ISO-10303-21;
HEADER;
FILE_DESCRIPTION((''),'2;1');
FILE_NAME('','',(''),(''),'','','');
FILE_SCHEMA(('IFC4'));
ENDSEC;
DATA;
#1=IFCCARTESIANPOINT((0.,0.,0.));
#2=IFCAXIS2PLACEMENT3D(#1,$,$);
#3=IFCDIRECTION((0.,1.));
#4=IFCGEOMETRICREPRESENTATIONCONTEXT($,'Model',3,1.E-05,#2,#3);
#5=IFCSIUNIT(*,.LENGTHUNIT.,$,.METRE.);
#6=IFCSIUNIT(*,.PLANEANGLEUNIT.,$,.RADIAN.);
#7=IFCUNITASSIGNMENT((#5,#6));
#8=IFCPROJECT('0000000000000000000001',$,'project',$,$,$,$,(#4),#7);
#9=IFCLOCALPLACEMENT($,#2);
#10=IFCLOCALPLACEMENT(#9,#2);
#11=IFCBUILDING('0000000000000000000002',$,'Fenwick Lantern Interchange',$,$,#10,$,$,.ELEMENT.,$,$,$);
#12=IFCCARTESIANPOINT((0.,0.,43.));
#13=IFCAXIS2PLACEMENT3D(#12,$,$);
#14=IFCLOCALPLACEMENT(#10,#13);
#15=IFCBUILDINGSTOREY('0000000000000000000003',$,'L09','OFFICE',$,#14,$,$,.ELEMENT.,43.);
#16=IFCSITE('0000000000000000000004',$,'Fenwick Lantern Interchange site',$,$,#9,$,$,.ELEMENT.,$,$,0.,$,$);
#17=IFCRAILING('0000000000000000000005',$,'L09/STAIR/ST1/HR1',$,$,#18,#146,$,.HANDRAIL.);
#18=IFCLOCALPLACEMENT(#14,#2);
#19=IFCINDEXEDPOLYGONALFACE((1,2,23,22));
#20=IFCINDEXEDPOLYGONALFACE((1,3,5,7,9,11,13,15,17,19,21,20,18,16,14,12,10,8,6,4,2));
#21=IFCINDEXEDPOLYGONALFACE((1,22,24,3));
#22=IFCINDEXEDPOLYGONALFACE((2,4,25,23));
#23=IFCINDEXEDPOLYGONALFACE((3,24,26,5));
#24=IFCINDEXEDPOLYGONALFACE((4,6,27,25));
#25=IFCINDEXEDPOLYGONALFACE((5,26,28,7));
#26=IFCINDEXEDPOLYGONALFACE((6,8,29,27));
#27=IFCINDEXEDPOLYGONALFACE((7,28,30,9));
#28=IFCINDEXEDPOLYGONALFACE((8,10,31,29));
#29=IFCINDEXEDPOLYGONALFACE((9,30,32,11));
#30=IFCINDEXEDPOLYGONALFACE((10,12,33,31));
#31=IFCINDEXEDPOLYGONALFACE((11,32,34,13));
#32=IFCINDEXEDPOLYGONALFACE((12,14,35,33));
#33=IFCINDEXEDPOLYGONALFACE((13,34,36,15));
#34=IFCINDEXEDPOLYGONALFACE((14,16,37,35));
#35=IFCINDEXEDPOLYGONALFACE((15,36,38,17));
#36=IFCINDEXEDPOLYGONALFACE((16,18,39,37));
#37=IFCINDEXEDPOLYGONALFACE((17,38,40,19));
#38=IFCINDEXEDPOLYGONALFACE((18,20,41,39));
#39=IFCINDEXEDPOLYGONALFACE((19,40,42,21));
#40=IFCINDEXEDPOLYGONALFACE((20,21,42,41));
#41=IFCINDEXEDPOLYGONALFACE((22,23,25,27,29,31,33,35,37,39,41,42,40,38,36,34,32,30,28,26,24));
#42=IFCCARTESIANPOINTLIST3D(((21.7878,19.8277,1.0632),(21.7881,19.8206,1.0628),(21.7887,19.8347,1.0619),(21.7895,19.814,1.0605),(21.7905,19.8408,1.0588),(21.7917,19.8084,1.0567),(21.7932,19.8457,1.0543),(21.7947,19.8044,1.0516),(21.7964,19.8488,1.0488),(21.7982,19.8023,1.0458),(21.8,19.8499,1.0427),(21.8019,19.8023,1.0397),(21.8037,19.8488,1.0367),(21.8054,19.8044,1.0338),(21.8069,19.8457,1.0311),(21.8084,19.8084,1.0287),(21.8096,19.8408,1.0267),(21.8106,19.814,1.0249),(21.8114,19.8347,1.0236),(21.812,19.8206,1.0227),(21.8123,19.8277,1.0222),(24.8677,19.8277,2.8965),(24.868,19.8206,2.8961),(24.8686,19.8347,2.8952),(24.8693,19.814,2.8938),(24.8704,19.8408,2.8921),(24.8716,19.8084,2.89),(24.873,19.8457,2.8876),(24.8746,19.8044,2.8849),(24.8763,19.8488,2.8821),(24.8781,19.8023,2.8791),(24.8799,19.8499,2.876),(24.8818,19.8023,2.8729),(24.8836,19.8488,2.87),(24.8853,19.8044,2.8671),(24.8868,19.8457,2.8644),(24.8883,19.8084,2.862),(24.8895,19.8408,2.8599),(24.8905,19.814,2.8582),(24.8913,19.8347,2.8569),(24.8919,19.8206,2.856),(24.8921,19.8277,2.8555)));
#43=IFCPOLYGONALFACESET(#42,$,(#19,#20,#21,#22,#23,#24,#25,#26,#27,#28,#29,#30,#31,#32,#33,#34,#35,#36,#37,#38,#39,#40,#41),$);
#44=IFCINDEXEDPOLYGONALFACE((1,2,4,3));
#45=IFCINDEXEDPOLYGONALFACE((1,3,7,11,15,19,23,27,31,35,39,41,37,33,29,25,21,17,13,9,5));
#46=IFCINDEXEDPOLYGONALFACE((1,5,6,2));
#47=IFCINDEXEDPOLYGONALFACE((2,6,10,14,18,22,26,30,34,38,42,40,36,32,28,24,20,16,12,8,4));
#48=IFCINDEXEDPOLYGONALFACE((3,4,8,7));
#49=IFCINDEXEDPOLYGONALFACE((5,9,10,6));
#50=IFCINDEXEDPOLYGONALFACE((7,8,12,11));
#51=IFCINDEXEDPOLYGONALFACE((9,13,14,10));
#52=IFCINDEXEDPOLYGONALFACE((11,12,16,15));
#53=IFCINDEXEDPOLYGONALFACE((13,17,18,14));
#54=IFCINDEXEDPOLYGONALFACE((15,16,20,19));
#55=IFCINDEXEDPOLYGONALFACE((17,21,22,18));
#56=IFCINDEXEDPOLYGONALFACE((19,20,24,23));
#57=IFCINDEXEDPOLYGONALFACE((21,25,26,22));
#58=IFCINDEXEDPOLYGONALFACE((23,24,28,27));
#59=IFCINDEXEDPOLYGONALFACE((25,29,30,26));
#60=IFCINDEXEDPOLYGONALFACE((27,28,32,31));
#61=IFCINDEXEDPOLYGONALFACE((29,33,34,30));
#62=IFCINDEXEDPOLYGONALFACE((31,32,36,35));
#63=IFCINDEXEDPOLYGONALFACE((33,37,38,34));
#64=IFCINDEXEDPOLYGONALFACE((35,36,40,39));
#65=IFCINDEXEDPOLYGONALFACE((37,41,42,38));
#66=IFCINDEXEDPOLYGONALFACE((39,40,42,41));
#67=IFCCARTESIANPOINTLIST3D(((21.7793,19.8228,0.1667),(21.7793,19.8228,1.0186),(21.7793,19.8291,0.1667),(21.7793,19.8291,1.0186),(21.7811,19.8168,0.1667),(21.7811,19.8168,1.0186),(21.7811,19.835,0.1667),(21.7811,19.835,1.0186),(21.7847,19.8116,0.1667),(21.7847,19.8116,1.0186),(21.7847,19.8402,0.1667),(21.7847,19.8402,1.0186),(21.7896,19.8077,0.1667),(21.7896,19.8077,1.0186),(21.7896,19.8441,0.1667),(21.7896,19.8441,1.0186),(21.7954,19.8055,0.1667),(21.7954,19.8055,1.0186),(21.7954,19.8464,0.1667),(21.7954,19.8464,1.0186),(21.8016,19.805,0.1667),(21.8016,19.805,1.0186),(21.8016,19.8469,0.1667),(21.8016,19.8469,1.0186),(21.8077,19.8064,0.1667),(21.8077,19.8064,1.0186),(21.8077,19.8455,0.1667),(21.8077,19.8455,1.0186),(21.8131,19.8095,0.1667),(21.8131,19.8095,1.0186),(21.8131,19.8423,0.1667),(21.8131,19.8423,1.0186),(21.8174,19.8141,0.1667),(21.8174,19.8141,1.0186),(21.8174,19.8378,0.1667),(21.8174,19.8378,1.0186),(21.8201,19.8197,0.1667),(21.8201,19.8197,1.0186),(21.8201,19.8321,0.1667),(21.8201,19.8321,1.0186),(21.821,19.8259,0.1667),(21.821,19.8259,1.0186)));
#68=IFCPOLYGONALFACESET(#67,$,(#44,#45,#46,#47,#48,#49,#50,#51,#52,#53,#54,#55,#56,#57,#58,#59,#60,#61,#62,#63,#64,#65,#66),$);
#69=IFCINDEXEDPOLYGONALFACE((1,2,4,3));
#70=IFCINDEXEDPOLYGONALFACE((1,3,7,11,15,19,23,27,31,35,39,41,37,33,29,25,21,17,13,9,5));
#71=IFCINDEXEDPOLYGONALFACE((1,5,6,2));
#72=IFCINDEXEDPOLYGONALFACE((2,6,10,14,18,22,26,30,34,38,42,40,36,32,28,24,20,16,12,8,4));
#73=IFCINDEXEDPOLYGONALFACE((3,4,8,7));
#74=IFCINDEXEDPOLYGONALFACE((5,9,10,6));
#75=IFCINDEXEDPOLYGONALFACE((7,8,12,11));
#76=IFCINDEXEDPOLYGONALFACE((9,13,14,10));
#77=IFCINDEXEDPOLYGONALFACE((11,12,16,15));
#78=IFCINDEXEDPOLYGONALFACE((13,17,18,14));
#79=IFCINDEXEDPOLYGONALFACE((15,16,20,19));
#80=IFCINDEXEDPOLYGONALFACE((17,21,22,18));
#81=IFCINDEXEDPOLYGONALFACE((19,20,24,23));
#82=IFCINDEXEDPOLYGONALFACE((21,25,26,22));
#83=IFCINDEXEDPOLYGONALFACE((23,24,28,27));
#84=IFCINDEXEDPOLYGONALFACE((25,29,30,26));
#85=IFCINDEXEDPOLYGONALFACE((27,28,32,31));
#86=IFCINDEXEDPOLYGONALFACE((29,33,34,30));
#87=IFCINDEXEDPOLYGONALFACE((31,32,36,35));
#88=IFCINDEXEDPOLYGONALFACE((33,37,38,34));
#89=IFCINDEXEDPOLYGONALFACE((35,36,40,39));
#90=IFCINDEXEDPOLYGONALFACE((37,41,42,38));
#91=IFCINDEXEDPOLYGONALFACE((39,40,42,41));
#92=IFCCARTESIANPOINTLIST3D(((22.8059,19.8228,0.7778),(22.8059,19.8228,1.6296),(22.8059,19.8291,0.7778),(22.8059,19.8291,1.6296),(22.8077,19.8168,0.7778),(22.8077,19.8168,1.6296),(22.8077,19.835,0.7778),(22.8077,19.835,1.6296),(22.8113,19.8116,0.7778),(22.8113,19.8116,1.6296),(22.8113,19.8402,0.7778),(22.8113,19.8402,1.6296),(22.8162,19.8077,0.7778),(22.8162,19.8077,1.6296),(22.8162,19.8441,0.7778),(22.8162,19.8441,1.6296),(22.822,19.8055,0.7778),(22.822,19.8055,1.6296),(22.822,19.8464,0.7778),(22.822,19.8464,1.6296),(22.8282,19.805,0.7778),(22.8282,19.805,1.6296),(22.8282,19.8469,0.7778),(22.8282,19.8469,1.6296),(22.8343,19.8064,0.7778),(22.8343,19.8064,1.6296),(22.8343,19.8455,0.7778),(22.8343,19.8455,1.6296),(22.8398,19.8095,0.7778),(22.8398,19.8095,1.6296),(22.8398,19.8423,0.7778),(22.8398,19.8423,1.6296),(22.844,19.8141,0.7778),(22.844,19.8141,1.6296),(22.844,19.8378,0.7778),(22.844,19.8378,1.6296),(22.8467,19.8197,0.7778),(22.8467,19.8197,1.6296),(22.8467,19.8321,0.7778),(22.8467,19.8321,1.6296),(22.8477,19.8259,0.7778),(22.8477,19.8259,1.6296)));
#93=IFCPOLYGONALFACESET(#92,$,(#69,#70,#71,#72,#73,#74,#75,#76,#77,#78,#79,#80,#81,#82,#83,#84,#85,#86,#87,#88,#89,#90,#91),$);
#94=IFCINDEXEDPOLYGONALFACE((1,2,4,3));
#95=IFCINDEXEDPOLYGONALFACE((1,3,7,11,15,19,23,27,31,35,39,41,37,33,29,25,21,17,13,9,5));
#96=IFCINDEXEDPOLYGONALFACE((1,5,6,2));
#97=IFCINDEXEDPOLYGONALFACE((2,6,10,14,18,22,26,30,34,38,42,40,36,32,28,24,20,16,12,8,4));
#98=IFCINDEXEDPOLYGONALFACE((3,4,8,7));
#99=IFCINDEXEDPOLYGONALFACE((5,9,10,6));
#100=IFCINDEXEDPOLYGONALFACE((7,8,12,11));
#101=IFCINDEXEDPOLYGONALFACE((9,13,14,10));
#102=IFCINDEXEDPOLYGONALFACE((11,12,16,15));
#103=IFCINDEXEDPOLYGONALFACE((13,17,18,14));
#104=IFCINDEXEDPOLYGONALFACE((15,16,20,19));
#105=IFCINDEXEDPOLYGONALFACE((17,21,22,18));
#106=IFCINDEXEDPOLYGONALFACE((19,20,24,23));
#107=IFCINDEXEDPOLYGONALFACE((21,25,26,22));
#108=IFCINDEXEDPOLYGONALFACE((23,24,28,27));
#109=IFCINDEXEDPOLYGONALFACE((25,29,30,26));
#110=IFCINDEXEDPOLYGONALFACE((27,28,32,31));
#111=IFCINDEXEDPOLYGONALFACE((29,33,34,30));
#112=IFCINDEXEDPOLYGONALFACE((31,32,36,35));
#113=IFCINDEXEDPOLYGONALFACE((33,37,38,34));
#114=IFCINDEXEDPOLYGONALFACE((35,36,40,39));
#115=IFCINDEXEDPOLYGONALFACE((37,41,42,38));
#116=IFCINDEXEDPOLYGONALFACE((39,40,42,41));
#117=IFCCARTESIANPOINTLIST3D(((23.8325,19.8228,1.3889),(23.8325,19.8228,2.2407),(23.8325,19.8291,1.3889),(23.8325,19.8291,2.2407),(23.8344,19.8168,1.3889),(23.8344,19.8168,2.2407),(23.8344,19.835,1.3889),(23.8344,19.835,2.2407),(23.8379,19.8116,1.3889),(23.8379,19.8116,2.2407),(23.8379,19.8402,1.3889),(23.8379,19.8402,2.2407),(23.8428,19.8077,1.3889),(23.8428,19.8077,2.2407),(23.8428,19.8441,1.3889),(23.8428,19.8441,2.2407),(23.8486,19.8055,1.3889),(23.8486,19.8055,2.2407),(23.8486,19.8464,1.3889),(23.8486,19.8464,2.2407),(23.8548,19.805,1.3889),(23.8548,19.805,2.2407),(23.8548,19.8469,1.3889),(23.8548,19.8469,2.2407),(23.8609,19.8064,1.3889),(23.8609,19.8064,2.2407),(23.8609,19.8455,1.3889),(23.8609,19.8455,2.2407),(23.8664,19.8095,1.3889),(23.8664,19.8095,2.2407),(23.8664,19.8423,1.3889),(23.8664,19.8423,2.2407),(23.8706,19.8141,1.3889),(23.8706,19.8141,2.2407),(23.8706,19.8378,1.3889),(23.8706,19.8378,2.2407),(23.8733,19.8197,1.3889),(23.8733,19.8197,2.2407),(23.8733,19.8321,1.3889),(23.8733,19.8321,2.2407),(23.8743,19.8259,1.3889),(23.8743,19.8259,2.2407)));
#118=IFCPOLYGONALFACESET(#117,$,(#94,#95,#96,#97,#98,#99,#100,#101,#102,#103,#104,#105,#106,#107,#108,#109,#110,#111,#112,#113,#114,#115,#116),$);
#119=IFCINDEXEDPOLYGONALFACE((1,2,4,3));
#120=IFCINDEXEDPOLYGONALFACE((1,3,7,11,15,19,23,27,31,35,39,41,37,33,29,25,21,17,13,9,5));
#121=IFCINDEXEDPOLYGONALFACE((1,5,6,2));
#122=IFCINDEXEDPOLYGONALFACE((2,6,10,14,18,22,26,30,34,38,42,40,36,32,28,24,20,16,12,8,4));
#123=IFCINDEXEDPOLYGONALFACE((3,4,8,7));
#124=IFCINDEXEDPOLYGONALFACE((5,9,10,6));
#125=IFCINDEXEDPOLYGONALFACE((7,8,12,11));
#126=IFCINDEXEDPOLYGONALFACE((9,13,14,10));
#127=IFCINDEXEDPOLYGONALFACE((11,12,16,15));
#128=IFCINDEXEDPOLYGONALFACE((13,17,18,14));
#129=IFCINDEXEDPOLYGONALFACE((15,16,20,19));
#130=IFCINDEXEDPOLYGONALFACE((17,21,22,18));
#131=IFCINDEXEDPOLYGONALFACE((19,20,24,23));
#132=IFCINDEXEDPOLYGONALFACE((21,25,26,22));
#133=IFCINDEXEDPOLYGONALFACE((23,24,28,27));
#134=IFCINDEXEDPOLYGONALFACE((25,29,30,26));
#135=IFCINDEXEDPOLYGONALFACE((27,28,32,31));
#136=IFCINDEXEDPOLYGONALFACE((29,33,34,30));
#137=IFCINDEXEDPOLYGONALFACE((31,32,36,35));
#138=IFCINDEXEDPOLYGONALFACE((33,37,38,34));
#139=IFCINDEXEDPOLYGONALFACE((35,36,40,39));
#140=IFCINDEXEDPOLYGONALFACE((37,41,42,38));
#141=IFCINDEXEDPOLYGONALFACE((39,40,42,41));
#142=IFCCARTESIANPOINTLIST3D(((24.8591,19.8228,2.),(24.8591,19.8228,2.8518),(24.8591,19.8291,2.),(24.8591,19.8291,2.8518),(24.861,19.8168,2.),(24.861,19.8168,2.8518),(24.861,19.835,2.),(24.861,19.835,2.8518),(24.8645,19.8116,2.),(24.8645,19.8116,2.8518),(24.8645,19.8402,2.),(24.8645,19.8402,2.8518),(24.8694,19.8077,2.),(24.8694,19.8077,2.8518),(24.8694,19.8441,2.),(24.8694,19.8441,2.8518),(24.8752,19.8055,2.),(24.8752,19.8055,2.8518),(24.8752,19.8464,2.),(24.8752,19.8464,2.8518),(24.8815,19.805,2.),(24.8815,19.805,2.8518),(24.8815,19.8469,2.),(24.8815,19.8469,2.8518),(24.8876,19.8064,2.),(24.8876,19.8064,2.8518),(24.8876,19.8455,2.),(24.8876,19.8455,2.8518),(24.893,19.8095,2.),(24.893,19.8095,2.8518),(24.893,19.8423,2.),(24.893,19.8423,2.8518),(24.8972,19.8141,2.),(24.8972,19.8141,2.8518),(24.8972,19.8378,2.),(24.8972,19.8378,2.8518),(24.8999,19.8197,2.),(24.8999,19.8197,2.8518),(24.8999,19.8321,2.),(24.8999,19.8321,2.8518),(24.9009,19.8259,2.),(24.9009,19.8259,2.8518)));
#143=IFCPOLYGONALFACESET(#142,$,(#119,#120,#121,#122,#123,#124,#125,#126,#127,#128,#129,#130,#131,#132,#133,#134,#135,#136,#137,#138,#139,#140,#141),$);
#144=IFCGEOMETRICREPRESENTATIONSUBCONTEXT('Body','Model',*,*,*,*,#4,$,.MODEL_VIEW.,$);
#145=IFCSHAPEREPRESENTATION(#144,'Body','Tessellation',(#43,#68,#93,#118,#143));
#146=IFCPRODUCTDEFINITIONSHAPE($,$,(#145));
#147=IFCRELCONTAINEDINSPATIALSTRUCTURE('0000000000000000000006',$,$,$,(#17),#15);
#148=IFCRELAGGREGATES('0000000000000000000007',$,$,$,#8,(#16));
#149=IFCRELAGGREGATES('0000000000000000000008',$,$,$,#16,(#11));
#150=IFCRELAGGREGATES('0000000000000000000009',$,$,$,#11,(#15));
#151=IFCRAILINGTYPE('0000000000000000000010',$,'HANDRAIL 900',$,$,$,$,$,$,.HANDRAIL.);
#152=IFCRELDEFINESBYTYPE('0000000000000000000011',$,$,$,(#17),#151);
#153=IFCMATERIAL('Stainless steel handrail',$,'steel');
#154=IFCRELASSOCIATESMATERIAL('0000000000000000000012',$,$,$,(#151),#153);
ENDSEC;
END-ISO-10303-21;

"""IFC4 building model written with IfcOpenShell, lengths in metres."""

from ifc_helpers import new_model, si_unit, direction, frame, origin, origin_2d, place, context, subcontext, project, spatial, circle, extrude, material, type_object, element, save


model = new_model("IFC4")

# Units and contexts
model_context = context("Model", 3, precision=1e-05, world=origin(), true_north=direction((0.0, 1.0)))
body_context = subcontext(model_context, "Body", "Model", "MODEL_VIEW")
ifc_project = project(units=[si_unit("LENGTHUNIT", "METRE"), si_unit("PLANEANGLEUNIT", "RADIAN")], contexts=[model_context])

# Site, building, storey
site_placement = place(None, origin())
site = spatial("IfcSite", under=ifc_project, at=site_placement, Name="Fenwick Lantern Interchange site", CompositionType="ELEMENT", RefElevation=0.0)
building_placement = place(site_placement, origin())
building = spatial("IfcBuilding", under=site, at=building_placement, Name="Fenwick Lantern Interchange", CompositionType="ELEMENT")
storey_placement = place(building_placement, frame((0.0, 0.0, 43.0)))
storey = spatial("IfcBuildingStorey", under=building, at=storey_placement, Name="L09", Description="OFFICE", CompositionType="ELEMENT", Elevation=43.0)

# Railing
ifc_material_1 = material(Name="Stainless steel handrail", Category="steel")
railing_type = type_object("IfcRailingType", Name="HANDRAIL 900", PredefinedType="HANDRAIL", material=ifc_material_1)
railing_1_placement = place(storey_placement, frame((21.8, 19.8259, 0.1667)))
element("IfcRailing", 1, at=railing_1_placement, inside=storey, type_object=railing_type, Name="L09/STAIR/ST1/HR1", PredefinedType="HANDRAIL", context=body_context, shape_type="SweptSolid", body=[
    extrude(circle(Radius=0.0239, at=origin_2d()), frame((0.0, 0.0, 0.876), z_axis=(0.859291, 0.0, 0.511487), x_axis=(0.0, 1.0, 0.0)), (0.0, 0.0, 1.0), 3.5842),
    extrude(circle(Radius=0.021, at=origin_2d()), origin(), (0.0, 0.0, 1.0), 0.8518),
    extrude(circle(Radius=0.021, at=origin_2d()), frame((1.0266, 0.0, 0.6111)), (0.0, 0.0, 1.0), 0.8518),
    extrude(circle(Radius=0.021, at=origin_2d()), frame((2.0532, 0.0, 1.2222)), (0.0, 0.0, 1.0), 0.8518),
    extrude(circle(Radius=0.021, at=origin_2d()), frame((3.0798, 0.0, 1.8333)), (0.0, 0.0, 1.0), 0.8518),
])

save(model, "model.ifc")
